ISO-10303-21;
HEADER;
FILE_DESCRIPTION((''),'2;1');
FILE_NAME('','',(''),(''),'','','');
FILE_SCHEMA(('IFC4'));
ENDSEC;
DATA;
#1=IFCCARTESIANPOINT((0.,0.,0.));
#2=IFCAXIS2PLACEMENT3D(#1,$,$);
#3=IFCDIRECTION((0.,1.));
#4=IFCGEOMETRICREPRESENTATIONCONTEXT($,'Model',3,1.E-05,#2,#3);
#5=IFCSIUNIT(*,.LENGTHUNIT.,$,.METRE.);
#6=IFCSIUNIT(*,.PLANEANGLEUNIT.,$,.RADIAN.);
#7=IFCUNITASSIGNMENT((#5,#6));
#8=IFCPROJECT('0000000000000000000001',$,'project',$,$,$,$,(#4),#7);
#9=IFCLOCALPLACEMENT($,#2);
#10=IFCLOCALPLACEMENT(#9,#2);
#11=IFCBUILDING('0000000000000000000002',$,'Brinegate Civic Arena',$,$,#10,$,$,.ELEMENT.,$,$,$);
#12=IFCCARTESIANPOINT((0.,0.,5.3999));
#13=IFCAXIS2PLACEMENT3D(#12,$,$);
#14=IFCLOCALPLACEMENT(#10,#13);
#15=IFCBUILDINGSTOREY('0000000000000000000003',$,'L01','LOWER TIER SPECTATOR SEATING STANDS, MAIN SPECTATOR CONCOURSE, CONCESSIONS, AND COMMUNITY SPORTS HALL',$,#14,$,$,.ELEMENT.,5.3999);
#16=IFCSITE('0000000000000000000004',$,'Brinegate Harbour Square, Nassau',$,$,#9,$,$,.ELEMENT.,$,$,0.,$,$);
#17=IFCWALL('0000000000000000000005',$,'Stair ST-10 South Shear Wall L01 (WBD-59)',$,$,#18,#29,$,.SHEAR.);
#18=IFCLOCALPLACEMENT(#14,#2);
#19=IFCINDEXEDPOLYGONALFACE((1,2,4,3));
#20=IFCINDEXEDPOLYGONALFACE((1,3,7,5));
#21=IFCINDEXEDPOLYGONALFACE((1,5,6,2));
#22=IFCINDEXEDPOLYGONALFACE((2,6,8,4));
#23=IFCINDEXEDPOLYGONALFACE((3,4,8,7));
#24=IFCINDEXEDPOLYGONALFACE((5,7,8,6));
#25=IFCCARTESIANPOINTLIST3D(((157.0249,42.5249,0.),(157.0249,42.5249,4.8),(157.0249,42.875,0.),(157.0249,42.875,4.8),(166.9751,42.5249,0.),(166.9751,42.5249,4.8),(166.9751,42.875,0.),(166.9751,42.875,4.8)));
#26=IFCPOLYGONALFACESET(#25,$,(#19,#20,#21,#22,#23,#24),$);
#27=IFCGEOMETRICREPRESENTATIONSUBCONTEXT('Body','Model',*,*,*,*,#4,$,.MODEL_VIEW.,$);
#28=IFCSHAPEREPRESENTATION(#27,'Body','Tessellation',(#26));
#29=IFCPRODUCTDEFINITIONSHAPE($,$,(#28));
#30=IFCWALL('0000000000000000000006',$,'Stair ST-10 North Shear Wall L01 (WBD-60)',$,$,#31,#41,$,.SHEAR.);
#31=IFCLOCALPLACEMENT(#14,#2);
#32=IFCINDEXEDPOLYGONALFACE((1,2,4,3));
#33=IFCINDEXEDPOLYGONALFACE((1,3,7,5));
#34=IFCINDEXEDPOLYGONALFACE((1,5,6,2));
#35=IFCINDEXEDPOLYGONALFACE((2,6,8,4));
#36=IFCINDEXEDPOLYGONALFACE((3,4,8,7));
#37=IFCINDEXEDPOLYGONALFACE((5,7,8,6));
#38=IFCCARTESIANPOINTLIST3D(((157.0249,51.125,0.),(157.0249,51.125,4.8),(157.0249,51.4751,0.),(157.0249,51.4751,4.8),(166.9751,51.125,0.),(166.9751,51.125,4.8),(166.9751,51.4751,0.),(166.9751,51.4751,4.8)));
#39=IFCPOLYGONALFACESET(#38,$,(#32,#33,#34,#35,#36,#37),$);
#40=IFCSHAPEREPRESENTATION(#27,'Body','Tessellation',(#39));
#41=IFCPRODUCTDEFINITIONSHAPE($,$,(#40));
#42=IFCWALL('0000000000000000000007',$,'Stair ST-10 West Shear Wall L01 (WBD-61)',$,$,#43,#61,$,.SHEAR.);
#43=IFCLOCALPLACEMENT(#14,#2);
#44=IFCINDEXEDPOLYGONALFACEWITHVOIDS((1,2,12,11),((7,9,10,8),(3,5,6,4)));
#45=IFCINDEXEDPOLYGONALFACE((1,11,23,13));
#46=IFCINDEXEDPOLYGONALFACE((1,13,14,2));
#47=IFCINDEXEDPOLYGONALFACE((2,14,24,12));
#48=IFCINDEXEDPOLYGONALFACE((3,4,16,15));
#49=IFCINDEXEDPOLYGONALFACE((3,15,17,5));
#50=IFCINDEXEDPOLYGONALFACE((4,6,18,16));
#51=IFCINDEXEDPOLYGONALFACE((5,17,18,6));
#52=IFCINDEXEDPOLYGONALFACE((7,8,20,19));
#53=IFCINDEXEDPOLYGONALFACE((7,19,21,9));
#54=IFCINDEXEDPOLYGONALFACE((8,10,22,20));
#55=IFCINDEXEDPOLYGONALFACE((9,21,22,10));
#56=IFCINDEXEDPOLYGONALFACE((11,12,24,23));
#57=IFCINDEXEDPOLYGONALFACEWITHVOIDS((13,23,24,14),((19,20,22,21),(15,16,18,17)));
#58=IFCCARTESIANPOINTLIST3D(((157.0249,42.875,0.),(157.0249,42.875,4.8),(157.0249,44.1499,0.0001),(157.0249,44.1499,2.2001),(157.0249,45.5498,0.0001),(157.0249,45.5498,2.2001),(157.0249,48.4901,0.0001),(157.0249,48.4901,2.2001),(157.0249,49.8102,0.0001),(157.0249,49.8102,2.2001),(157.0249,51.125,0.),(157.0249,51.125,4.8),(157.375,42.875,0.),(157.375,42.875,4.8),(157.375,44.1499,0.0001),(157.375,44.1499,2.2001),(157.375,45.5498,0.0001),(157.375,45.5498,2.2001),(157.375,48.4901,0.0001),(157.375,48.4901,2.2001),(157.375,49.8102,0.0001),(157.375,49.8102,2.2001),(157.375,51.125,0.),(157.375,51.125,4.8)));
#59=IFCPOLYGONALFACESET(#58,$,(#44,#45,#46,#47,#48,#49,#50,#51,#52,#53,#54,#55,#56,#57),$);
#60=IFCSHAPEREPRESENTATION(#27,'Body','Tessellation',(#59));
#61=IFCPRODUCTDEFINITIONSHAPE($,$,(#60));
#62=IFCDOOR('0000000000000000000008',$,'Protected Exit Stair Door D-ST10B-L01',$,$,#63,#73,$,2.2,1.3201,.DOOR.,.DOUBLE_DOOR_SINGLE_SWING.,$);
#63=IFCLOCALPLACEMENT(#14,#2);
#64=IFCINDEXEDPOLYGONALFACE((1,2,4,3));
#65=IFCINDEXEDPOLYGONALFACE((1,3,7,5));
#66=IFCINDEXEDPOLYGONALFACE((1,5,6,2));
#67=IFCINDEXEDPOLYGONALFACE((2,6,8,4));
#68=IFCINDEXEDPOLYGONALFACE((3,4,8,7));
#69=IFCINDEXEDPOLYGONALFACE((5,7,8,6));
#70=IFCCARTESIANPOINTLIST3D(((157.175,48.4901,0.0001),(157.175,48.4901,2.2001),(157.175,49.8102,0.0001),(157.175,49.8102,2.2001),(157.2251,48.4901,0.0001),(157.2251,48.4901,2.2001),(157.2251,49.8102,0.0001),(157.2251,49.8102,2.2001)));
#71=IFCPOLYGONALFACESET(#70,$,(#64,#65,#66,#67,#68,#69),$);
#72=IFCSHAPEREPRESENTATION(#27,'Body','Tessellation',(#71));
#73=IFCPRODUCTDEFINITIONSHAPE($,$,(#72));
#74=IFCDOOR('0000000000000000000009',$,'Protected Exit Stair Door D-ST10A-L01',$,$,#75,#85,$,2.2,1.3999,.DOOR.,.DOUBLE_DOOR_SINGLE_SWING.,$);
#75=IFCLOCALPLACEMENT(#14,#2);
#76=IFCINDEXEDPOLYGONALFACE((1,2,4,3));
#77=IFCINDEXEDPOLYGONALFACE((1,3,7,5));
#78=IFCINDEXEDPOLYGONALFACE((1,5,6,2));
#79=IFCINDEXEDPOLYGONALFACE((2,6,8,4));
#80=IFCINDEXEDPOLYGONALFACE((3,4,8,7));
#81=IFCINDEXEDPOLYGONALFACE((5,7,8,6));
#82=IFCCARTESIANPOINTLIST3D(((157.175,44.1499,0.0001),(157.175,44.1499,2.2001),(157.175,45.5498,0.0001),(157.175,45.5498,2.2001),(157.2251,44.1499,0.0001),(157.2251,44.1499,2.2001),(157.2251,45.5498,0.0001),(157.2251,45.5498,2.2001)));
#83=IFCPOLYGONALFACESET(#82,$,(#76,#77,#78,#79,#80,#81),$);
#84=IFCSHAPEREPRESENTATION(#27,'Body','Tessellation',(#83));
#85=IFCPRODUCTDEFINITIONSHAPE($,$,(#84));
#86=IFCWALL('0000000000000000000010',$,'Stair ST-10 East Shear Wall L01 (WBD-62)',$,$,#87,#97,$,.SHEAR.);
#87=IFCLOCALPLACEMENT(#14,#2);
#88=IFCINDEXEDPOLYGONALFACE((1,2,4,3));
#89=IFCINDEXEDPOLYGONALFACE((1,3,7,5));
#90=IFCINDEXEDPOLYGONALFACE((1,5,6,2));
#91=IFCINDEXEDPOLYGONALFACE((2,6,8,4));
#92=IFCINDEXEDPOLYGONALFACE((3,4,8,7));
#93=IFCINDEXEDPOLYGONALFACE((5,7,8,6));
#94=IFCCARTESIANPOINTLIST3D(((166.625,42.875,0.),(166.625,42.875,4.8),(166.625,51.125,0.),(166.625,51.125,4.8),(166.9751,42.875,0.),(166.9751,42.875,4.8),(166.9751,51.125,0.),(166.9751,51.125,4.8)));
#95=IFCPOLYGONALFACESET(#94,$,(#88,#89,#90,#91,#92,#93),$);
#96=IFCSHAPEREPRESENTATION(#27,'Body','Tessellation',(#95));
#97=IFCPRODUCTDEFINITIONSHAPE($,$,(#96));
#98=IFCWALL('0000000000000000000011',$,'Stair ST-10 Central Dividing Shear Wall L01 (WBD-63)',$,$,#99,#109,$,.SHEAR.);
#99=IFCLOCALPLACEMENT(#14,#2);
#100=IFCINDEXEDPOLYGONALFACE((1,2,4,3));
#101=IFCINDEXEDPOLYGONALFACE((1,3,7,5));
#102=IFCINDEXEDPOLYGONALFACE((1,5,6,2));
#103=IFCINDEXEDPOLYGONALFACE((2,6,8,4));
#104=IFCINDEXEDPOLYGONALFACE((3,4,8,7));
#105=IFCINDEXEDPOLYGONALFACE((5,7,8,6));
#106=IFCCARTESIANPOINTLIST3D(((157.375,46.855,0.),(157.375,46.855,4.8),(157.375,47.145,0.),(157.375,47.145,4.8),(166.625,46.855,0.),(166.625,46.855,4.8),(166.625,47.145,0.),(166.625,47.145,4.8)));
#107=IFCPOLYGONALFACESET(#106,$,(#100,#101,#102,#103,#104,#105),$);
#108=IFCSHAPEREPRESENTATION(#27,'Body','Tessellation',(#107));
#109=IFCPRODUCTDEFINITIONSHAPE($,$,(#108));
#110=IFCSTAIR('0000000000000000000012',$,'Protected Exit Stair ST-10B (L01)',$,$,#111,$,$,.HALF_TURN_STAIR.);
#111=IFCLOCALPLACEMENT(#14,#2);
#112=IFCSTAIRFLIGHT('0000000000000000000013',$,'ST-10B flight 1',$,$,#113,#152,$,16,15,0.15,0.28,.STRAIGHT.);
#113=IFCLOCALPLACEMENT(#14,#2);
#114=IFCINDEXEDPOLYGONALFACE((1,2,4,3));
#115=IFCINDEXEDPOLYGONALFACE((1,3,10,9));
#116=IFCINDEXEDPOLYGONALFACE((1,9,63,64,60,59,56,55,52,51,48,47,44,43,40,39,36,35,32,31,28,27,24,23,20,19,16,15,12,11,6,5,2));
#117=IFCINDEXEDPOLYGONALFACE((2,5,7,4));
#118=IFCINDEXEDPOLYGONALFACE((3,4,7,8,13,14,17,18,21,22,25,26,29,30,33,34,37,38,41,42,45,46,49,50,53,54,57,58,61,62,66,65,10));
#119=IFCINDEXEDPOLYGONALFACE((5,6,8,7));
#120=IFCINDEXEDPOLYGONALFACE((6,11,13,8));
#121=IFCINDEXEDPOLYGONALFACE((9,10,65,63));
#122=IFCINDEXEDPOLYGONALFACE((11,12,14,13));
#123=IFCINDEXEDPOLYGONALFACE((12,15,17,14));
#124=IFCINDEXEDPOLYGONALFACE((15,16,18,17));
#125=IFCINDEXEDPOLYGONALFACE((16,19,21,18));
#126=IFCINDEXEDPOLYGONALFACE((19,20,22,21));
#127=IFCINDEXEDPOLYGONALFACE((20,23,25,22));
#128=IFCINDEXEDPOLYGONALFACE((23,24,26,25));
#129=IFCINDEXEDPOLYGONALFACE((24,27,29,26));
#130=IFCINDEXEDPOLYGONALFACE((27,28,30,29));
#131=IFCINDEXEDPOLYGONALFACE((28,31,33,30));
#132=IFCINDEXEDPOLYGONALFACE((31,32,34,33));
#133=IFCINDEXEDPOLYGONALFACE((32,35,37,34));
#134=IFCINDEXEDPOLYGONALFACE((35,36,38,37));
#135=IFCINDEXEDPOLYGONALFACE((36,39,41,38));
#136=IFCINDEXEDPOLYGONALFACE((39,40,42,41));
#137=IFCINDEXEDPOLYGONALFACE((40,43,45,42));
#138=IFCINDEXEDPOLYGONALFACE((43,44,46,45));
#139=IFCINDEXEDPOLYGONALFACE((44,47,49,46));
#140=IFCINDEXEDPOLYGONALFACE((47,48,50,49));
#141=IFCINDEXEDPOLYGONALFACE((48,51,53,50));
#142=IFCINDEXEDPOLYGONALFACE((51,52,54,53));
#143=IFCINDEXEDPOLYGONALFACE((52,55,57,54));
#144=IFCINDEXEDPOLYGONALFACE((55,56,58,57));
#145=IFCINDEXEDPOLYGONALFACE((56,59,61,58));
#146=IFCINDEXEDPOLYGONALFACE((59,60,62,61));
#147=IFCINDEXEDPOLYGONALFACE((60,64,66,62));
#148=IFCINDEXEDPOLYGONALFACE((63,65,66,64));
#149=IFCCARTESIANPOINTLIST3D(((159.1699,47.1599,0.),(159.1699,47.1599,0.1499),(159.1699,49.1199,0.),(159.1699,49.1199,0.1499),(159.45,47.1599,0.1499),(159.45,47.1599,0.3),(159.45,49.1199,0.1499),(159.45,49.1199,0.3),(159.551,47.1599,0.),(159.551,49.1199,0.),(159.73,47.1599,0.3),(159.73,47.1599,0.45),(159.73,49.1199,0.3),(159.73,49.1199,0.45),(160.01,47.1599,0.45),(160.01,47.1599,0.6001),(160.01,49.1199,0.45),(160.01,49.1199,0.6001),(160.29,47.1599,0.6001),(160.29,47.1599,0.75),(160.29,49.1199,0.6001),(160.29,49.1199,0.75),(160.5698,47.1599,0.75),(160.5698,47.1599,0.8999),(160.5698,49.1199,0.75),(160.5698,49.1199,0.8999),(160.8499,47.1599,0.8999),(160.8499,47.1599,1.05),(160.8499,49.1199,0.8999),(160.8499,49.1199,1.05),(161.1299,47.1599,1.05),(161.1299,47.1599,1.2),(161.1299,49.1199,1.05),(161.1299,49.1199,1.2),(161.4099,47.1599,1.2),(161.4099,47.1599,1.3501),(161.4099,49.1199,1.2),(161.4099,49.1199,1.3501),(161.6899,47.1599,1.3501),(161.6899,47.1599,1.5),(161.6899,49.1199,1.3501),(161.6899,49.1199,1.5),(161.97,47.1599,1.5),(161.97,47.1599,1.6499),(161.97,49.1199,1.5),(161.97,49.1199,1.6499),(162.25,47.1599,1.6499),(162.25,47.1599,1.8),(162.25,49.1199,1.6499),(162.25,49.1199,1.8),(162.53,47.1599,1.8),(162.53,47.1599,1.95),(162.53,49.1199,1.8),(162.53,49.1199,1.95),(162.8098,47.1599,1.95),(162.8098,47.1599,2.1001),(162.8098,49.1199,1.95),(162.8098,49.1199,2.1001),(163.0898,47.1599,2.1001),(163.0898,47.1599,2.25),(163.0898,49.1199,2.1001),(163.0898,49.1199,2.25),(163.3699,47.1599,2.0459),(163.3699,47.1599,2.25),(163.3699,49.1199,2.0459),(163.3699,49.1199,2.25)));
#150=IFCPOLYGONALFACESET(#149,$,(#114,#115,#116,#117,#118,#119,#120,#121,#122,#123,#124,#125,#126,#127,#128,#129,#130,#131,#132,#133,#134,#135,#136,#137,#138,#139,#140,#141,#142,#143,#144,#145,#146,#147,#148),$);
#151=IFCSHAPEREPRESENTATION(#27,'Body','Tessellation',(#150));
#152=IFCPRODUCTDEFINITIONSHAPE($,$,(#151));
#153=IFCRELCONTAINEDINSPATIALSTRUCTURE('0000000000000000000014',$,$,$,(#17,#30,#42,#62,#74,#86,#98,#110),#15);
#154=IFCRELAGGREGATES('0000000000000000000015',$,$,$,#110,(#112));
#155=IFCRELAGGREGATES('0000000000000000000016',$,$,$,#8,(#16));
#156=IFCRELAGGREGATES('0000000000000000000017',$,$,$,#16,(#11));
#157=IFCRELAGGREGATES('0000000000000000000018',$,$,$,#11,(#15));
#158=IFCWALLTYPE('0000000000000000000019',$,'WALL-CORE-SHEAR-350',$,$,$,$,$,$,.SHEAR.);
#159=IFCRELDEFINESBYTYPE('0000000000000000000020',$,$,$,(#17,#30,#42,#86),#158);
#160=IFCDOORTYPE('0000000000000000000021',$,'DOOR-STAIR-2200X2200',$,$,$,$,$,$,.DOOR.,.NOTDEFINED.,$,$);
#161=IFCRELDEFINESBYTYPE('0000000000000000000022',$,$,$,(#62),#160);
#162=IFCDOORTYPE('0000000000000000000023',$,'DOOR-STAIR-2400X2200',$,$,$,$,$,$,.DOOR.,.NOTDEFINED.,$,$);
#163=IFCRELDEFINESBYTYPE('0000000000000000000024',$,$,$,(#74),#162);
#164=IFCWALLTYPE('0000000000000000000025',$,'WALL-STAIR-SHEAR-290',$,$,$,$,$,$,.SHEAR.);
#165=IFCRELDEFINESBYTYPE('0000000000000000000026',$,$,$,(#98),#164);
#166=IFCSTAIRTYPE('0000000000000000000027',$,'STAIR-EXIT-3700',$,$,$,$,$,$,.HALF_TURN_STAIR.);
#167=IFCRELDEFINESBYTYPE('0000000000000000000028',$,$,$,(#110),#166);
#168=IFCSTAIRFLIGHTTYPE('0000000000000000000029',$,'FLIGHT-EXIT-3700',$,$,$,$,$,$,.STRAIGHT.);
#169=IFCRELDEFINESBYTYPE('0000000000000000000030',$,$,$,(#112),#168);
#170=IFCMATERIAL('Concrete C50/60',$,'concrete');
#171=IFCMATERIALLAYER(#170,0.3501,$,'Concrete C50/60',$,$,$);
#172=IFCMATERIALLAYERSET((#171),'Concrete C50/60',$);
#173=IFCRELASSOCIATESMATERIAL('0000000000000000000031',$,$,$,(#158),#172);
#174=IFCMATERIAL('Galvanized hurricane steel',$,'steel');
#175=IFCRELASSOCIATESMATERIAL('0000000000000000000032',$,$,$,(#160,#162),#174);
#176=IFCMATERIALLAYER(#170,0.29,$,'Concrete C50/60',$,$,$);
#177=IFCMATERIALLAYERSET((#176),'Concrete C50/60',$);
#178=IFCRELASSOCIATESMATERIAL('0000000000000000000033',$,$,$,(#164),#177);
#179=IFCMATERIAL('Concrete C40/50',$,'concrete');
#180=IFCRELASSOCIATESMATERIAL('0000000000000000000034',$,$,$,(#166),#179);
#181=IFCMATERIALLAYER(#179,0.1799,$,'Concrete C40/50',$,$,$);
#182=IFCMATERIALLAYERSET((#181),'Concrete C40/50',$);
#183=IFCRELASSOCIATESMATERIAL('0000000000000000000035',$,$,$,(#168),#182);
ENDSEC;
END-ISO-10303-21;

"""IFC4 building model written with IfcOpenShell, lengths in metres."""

from ifc_helpers import new_model, si_unit, direction, frame, frame_2d, origin, place, context, subcontext, project, spatial, polyline, rectangle, outline, extrude, material, layer, layer_set, type_object, element, fill, aggregate, save


model = new_model("IFC4")

# Units and contexts
model_context = context("Model", 3, precision=1e-05, world=origin(), true_north=direction((0.0, 1.0)))
body_context = subcontext(model_context, "Body", "Model", "MODEL_VIEW")
ifc_project = project(units=[si_unit("LENGTHUNIT", "METRE"), si_unit("PLANEANGLEUNIT", "RADIAN")], contexts=[model_context])

# Site, building, storey
site_placement = place(None, origin())
site = spatial("IfcSite", under=ifc_project, at=site_placement, Name="Brinegate Harbour Square, Nassau", CompositionType="ELEMENT", RefElevation=0.0)
building_placement = place(site_placement, origin())
building = spatial("IfcBuilding", under=site, at=building_placement, Name="Brinegate Civic Arena", CompositionType="ELEMENT")
storey_placement = place(building_placement, frame((0.0, 0.0, 5.3999)))
storey = spatial("IfcBuildingStorey", under=building, at=storey_placement, Name="L01", Description="LOWER TIER SPECTATOR SEATING STANDS, MAIN SPECTATOR CONCOURSE, CONCESSIONS, AND COMMUNITY SPORTS HALL", CompositionType="ELEMENT", Elevation=5.3999)

# Shared definitions
ifc_material_1 = material(Name="Concrete C50/60", Category="concrete")

# Walls
ifc_layer_1 = layer(ifc_material_1, 0.3501, Name="Concrete C50/60")
ifc_layer_set_1 = layer_set([ifc_layer_1], Name="Concrete C50/60")
wall_type_1 = type_object("IfcWallType", Name="WALL-CORE-SHEAR-350", PredefinedType="SHEAR", material=ifc_layer_set_1)
for number, where, z_axis, x_axis, name in (
    (1, (157.0249, 42.7, 0.0), (0.0, 0.0, 1.0), (1.0, 0.0, 0.0), "Stair ST-10 South Shear Wall L01 (WBD-59)"),
    (2, (157.0249, 51.3, 0.0), (0.0, 0.0, 1.0), (1.0, 0.0, 0.0), "Stair ST-10 North Shear Wall L01 (WBD-60)"),
):
    element("IfcWall", number, at=place(storey_placement, frame(where, z_axis=z_axis, x_axis=x_axis)), inside=storey, type_object=wall_type_1, Name=name, PredefinedType="SHEAR", context=body_context, shape_type="SweptSolid", body=[
        extrude(rectangle(XDim=9.9502, YDim=0.3501, at=frame_2d((4.9751, 0.0))), origin(), (0.0, 0.0, 1.0), 4.8),
    ])

# Wall, openings, doors
wall_1_placement = place(storey_placement, frame((157.2, 42.875, 0.0), z_axis=(0.0, 0.0, 1.0), x_axis=(0.0, 1.0, 0.0)))
wall_1 = element("IfcWall", 3, at=wall_1_placement, inside=storey, type_object=wall_type_1, Name="Stair ST-10 West Shear Wall L01 (WBD-61)", PredefinedType="SHEAR", context=body_context, shape_type="SweptSolid", body=[
    extrude(rectangle(XDim=8.25, YDim=0.3501, at=frame_2d((4.125, 0.0))), origin(), (0.0, 0.0, 1.0), 4.8),
])
opening_1_placement = place(wall_1_placement, frame((1.2749, 0.0, 0.0)))
opening_1 = element("IfcOpeningElement", 4, at=opening_1_placement, cuts=wall_1, PredefinedType="OPENING", context=body_context, shape_type="SweptSolid", body=[
    extrude(rectangle(XDim=1.3999, YDim=2.2, at=frame_2d((0.7, 1.1001))), frame((0.0, 0.1851, 0.0), z_axis=(0.0, -1.0, 0.0), x_axis=(1.0, 0.0, 0.0)), (0.0, 0.0, 1.0), 0.3701),
])
opening_2_placement = place(wall_1_placement, frame((5.615, 0.0, 0.0)))
opening_2 = element("IfcOpeningElement", 5, at=opening_2_placement, cuts=wall_1, PredefinedType="OPENING", context=body_context, shape_type="SweptSolid", body=[
    extrude(rectangle(XDim=1.3201, YDim=2.2, at=frame_2d((0.6602, 1.1001))), frame((0.0, 0.1851, 0.0), z_axis=(0.0, -1.0, 0.0), x_axis=(1.0, 0.0, 0.0)), (0.0, 0.0, 1.0), 0.3701),
])
ifc_material_2 = material(Name="Galvanized hurricane steel", Category="steel")
door_type_1 = type_object("IfcDoorType", Name="DOOR-STAIR-2200X2200", OperationType="NOTDEFINED", PredefinedType="DOOR", material=ifc_material_2)
door_1_placement = place(opening_2_placement, origin())
door_1 = element("IfcDoor", 6, at=door_1_placement, inside=storey, type_object=door_type_1, Name="Protected Exit Stair Door D-ST10B-L01", OperationType="DOUBLE_DOOR_SINGLE_SWING", OverallHeight=2.2, OverallWidth=1.3201, PredefinedType="DOOR", context=body_context, shape_type="SweptSolid", body=[
    extrude(rectangle(XDim=1.3201, YDim=2.2, at=frame_2d((0.6602, 1.1001))), frame((0.0, 0.0249, 0.0), z_axis=(0.0, -1.0, 0.0), x_axis=(1.0, 0.0, 0.0)), (0.0, 0.0, 1.0), 0.05),
])
fill(opening_2, door_1)
door_type_2 = type_object("IfcDoorType", Name="DOOR-STAIR-2400X2200", OperationType="NOTDEFINED", PredefinedType="DOOR", material=ifc_material_2)
door_2_placement = place(opening_1_placement, origin())
door_2 = element("IfcDoor", 7, at=door_2_placement, inside=storey, type_object=door_type_2, Name="Protected Exit Stair Door D-ST10A-L01", OperationType="DOUBLE_DOOR_SINGLE_SWING", OverallHeight=2.2, OverallWidth=1.3999, PredefinedType="DOOR", context=body_context, shape_type="SweptSolid", body=[
    extrude(rectangle(XDim=1.3999, YDim=2.2, at=frame_2d((0.7, 1.1001))), frame((0.0, 0.0249, 0.0), z_axis=(0.0, -1.0, 0.0), x_axis=(1.0, 0.0, 0.0)), (0.0, 0.0, 1.0), 0.05),
])
fill(opening_1, door_2)

# Walls
wall_2_placement = place(storey_placement, frame((166.8, 42.875, 0.0), z_axis=(0.0, 0.0, 1.0), x_axis=(0.0, 1.0, 0.0)))
element("IfcWall", 8, at=wall_2_placement, inside=storey, type_object=wall_type_1, Name="Stair ST-10 East Shear Wall L01 (WBD-62)", PredefinedType="SHEAR", context=body_context, shape_type="SweptSolid", body=[
    extrude(rectangle(XDim=8.25, YDim=0.3501, at=frame_2d((4.125, 0.0))), origin(), (0.0, 0.0, 1.0), 4.8),
])
ifc_layer_2 = layer(ifc_material_1, 0.29, Name="Concrete C50/60")
ifc_layer_set_2 = layer_set([ifc_layer_2], Name="Concrete C50/60")
wall_type_2 = type_object("IfcWallType", Name="WALL-STAIR-SHEAR-290", PredefinedType="SHEAR", material=ifc_layer_set_2)
wall_3_placement = place(storey_placement, frame((157.375, 47.0, 0.0), z_axis=(0.0, 0.0, 1.0), x_axis=(1.0, 0.0, 0.0)))
element("IfcWall", 9, at=wall_3_placement, inside=storey, type_object=wall_type_2, Name="Stair ST-10 Central Dividing Shear Wall L01 (WBD-63)", PredefinedType="SHEAR", context=body_context, shape_type="SweptSolid", body=[
    extrude(rectangle(XDim=9.25, YDim=0.29, at=frame_2d((4.625, 0.0))), origin(), (0.0, 0.0, 1.0), 4.8),
])

# Stair, stair flight
ifc_material_3 = material(Name="Concrete C40/50", Category="concrete")
stair_type_1 = type_object("IfcStairType", Name="STAIR-EXIT-3700", PredefinedType="HALF_TURN_STAIR", material=ifc_material_3)
stair_1_placement = place(storey_placement, origin())
stair_1 = element("IfcStair", 10, at=stair_1_placement, inside=storey, type_object=stair_type_1, Name="Protected Exit Stair ST-10B (L01)", PredefinedType="HALF_TURN_STAIR")
ifc_layer_3 = layer(ifc_material_3, 0.1799, Name="Concrete C40/50")
ifc_layer_set_3 = layer_set([ifc_layer_3], Name="Concrete C40/50")
stair_flight_type_1 = type_object("IfcStairFlightType", Name="FLIGHT-EXIT-3700", PredefinedType="STRAIGHT", material=ifc_layer_set_3)
stair_flight_1_placement = place(storey_placement, frame((159.1699, 48.1399, 0.0), z_axis=(0.0, 0.0, 1.0), x_axis=(1.0, 0.0, 0.0)))
stair_flight_1 = element("IfcStairFlight", 11, at=stair_flight_1_placement, type_object=stair_flight_type_1, Name="ST-10B flight 1", NumberOfRisers=16, NumberOfTreads=15, PredefinedType="STRAIGHT", RiserHeight=0.15, TreadLength=0.28, context=body_context, shape_type="SweptSolid", body=[
    extrude(outline(polyline([(0.0, 0.0), (0.0, 0.1499), (0.28, 0.1499), (0.28, 0.3), (0.5601, 0.3), (0.5601, 0.45), (0.8401, 0.45), (0.8401, 0.6001), (1.1201, 0.6001), (1.1201, 0.75), (1.3999, 0.75), (1.3999, 0.8999), (1.6799, 0.8999), (1.6799, 1.05), (1.96, 1.05), (1.96, 1.2), (2.24, 1.2), (2.24, 1.3501), (2.52, 1.3501), (2.52, 1.5), (2.8, 1.5), (2.8, 1.6499), (3.0801, 1.6499), (3.0801, 1.8), (3.3601, 1.8), (3.3601, 1.95), (3.6399, 1.95), (3.6399, 2.1001), (3.9199, 2.1001), (3.9199, 2.25), (4.2, 2.25), (4.2, 2.3999), (4.2, 2.0459), (0.3811, 0.0), (0.0, 0.0)])), frame((0.0, 0.98, 0.0), z_axis=(0.0, -1.0, 0.0), x_axis=(1.0, 0.0, 0.0)), (0.0, 0.0, 1.0), 1.96),
])
aggregate(stair_1, [stair_flight_1])

save(model, "model.ifc")
